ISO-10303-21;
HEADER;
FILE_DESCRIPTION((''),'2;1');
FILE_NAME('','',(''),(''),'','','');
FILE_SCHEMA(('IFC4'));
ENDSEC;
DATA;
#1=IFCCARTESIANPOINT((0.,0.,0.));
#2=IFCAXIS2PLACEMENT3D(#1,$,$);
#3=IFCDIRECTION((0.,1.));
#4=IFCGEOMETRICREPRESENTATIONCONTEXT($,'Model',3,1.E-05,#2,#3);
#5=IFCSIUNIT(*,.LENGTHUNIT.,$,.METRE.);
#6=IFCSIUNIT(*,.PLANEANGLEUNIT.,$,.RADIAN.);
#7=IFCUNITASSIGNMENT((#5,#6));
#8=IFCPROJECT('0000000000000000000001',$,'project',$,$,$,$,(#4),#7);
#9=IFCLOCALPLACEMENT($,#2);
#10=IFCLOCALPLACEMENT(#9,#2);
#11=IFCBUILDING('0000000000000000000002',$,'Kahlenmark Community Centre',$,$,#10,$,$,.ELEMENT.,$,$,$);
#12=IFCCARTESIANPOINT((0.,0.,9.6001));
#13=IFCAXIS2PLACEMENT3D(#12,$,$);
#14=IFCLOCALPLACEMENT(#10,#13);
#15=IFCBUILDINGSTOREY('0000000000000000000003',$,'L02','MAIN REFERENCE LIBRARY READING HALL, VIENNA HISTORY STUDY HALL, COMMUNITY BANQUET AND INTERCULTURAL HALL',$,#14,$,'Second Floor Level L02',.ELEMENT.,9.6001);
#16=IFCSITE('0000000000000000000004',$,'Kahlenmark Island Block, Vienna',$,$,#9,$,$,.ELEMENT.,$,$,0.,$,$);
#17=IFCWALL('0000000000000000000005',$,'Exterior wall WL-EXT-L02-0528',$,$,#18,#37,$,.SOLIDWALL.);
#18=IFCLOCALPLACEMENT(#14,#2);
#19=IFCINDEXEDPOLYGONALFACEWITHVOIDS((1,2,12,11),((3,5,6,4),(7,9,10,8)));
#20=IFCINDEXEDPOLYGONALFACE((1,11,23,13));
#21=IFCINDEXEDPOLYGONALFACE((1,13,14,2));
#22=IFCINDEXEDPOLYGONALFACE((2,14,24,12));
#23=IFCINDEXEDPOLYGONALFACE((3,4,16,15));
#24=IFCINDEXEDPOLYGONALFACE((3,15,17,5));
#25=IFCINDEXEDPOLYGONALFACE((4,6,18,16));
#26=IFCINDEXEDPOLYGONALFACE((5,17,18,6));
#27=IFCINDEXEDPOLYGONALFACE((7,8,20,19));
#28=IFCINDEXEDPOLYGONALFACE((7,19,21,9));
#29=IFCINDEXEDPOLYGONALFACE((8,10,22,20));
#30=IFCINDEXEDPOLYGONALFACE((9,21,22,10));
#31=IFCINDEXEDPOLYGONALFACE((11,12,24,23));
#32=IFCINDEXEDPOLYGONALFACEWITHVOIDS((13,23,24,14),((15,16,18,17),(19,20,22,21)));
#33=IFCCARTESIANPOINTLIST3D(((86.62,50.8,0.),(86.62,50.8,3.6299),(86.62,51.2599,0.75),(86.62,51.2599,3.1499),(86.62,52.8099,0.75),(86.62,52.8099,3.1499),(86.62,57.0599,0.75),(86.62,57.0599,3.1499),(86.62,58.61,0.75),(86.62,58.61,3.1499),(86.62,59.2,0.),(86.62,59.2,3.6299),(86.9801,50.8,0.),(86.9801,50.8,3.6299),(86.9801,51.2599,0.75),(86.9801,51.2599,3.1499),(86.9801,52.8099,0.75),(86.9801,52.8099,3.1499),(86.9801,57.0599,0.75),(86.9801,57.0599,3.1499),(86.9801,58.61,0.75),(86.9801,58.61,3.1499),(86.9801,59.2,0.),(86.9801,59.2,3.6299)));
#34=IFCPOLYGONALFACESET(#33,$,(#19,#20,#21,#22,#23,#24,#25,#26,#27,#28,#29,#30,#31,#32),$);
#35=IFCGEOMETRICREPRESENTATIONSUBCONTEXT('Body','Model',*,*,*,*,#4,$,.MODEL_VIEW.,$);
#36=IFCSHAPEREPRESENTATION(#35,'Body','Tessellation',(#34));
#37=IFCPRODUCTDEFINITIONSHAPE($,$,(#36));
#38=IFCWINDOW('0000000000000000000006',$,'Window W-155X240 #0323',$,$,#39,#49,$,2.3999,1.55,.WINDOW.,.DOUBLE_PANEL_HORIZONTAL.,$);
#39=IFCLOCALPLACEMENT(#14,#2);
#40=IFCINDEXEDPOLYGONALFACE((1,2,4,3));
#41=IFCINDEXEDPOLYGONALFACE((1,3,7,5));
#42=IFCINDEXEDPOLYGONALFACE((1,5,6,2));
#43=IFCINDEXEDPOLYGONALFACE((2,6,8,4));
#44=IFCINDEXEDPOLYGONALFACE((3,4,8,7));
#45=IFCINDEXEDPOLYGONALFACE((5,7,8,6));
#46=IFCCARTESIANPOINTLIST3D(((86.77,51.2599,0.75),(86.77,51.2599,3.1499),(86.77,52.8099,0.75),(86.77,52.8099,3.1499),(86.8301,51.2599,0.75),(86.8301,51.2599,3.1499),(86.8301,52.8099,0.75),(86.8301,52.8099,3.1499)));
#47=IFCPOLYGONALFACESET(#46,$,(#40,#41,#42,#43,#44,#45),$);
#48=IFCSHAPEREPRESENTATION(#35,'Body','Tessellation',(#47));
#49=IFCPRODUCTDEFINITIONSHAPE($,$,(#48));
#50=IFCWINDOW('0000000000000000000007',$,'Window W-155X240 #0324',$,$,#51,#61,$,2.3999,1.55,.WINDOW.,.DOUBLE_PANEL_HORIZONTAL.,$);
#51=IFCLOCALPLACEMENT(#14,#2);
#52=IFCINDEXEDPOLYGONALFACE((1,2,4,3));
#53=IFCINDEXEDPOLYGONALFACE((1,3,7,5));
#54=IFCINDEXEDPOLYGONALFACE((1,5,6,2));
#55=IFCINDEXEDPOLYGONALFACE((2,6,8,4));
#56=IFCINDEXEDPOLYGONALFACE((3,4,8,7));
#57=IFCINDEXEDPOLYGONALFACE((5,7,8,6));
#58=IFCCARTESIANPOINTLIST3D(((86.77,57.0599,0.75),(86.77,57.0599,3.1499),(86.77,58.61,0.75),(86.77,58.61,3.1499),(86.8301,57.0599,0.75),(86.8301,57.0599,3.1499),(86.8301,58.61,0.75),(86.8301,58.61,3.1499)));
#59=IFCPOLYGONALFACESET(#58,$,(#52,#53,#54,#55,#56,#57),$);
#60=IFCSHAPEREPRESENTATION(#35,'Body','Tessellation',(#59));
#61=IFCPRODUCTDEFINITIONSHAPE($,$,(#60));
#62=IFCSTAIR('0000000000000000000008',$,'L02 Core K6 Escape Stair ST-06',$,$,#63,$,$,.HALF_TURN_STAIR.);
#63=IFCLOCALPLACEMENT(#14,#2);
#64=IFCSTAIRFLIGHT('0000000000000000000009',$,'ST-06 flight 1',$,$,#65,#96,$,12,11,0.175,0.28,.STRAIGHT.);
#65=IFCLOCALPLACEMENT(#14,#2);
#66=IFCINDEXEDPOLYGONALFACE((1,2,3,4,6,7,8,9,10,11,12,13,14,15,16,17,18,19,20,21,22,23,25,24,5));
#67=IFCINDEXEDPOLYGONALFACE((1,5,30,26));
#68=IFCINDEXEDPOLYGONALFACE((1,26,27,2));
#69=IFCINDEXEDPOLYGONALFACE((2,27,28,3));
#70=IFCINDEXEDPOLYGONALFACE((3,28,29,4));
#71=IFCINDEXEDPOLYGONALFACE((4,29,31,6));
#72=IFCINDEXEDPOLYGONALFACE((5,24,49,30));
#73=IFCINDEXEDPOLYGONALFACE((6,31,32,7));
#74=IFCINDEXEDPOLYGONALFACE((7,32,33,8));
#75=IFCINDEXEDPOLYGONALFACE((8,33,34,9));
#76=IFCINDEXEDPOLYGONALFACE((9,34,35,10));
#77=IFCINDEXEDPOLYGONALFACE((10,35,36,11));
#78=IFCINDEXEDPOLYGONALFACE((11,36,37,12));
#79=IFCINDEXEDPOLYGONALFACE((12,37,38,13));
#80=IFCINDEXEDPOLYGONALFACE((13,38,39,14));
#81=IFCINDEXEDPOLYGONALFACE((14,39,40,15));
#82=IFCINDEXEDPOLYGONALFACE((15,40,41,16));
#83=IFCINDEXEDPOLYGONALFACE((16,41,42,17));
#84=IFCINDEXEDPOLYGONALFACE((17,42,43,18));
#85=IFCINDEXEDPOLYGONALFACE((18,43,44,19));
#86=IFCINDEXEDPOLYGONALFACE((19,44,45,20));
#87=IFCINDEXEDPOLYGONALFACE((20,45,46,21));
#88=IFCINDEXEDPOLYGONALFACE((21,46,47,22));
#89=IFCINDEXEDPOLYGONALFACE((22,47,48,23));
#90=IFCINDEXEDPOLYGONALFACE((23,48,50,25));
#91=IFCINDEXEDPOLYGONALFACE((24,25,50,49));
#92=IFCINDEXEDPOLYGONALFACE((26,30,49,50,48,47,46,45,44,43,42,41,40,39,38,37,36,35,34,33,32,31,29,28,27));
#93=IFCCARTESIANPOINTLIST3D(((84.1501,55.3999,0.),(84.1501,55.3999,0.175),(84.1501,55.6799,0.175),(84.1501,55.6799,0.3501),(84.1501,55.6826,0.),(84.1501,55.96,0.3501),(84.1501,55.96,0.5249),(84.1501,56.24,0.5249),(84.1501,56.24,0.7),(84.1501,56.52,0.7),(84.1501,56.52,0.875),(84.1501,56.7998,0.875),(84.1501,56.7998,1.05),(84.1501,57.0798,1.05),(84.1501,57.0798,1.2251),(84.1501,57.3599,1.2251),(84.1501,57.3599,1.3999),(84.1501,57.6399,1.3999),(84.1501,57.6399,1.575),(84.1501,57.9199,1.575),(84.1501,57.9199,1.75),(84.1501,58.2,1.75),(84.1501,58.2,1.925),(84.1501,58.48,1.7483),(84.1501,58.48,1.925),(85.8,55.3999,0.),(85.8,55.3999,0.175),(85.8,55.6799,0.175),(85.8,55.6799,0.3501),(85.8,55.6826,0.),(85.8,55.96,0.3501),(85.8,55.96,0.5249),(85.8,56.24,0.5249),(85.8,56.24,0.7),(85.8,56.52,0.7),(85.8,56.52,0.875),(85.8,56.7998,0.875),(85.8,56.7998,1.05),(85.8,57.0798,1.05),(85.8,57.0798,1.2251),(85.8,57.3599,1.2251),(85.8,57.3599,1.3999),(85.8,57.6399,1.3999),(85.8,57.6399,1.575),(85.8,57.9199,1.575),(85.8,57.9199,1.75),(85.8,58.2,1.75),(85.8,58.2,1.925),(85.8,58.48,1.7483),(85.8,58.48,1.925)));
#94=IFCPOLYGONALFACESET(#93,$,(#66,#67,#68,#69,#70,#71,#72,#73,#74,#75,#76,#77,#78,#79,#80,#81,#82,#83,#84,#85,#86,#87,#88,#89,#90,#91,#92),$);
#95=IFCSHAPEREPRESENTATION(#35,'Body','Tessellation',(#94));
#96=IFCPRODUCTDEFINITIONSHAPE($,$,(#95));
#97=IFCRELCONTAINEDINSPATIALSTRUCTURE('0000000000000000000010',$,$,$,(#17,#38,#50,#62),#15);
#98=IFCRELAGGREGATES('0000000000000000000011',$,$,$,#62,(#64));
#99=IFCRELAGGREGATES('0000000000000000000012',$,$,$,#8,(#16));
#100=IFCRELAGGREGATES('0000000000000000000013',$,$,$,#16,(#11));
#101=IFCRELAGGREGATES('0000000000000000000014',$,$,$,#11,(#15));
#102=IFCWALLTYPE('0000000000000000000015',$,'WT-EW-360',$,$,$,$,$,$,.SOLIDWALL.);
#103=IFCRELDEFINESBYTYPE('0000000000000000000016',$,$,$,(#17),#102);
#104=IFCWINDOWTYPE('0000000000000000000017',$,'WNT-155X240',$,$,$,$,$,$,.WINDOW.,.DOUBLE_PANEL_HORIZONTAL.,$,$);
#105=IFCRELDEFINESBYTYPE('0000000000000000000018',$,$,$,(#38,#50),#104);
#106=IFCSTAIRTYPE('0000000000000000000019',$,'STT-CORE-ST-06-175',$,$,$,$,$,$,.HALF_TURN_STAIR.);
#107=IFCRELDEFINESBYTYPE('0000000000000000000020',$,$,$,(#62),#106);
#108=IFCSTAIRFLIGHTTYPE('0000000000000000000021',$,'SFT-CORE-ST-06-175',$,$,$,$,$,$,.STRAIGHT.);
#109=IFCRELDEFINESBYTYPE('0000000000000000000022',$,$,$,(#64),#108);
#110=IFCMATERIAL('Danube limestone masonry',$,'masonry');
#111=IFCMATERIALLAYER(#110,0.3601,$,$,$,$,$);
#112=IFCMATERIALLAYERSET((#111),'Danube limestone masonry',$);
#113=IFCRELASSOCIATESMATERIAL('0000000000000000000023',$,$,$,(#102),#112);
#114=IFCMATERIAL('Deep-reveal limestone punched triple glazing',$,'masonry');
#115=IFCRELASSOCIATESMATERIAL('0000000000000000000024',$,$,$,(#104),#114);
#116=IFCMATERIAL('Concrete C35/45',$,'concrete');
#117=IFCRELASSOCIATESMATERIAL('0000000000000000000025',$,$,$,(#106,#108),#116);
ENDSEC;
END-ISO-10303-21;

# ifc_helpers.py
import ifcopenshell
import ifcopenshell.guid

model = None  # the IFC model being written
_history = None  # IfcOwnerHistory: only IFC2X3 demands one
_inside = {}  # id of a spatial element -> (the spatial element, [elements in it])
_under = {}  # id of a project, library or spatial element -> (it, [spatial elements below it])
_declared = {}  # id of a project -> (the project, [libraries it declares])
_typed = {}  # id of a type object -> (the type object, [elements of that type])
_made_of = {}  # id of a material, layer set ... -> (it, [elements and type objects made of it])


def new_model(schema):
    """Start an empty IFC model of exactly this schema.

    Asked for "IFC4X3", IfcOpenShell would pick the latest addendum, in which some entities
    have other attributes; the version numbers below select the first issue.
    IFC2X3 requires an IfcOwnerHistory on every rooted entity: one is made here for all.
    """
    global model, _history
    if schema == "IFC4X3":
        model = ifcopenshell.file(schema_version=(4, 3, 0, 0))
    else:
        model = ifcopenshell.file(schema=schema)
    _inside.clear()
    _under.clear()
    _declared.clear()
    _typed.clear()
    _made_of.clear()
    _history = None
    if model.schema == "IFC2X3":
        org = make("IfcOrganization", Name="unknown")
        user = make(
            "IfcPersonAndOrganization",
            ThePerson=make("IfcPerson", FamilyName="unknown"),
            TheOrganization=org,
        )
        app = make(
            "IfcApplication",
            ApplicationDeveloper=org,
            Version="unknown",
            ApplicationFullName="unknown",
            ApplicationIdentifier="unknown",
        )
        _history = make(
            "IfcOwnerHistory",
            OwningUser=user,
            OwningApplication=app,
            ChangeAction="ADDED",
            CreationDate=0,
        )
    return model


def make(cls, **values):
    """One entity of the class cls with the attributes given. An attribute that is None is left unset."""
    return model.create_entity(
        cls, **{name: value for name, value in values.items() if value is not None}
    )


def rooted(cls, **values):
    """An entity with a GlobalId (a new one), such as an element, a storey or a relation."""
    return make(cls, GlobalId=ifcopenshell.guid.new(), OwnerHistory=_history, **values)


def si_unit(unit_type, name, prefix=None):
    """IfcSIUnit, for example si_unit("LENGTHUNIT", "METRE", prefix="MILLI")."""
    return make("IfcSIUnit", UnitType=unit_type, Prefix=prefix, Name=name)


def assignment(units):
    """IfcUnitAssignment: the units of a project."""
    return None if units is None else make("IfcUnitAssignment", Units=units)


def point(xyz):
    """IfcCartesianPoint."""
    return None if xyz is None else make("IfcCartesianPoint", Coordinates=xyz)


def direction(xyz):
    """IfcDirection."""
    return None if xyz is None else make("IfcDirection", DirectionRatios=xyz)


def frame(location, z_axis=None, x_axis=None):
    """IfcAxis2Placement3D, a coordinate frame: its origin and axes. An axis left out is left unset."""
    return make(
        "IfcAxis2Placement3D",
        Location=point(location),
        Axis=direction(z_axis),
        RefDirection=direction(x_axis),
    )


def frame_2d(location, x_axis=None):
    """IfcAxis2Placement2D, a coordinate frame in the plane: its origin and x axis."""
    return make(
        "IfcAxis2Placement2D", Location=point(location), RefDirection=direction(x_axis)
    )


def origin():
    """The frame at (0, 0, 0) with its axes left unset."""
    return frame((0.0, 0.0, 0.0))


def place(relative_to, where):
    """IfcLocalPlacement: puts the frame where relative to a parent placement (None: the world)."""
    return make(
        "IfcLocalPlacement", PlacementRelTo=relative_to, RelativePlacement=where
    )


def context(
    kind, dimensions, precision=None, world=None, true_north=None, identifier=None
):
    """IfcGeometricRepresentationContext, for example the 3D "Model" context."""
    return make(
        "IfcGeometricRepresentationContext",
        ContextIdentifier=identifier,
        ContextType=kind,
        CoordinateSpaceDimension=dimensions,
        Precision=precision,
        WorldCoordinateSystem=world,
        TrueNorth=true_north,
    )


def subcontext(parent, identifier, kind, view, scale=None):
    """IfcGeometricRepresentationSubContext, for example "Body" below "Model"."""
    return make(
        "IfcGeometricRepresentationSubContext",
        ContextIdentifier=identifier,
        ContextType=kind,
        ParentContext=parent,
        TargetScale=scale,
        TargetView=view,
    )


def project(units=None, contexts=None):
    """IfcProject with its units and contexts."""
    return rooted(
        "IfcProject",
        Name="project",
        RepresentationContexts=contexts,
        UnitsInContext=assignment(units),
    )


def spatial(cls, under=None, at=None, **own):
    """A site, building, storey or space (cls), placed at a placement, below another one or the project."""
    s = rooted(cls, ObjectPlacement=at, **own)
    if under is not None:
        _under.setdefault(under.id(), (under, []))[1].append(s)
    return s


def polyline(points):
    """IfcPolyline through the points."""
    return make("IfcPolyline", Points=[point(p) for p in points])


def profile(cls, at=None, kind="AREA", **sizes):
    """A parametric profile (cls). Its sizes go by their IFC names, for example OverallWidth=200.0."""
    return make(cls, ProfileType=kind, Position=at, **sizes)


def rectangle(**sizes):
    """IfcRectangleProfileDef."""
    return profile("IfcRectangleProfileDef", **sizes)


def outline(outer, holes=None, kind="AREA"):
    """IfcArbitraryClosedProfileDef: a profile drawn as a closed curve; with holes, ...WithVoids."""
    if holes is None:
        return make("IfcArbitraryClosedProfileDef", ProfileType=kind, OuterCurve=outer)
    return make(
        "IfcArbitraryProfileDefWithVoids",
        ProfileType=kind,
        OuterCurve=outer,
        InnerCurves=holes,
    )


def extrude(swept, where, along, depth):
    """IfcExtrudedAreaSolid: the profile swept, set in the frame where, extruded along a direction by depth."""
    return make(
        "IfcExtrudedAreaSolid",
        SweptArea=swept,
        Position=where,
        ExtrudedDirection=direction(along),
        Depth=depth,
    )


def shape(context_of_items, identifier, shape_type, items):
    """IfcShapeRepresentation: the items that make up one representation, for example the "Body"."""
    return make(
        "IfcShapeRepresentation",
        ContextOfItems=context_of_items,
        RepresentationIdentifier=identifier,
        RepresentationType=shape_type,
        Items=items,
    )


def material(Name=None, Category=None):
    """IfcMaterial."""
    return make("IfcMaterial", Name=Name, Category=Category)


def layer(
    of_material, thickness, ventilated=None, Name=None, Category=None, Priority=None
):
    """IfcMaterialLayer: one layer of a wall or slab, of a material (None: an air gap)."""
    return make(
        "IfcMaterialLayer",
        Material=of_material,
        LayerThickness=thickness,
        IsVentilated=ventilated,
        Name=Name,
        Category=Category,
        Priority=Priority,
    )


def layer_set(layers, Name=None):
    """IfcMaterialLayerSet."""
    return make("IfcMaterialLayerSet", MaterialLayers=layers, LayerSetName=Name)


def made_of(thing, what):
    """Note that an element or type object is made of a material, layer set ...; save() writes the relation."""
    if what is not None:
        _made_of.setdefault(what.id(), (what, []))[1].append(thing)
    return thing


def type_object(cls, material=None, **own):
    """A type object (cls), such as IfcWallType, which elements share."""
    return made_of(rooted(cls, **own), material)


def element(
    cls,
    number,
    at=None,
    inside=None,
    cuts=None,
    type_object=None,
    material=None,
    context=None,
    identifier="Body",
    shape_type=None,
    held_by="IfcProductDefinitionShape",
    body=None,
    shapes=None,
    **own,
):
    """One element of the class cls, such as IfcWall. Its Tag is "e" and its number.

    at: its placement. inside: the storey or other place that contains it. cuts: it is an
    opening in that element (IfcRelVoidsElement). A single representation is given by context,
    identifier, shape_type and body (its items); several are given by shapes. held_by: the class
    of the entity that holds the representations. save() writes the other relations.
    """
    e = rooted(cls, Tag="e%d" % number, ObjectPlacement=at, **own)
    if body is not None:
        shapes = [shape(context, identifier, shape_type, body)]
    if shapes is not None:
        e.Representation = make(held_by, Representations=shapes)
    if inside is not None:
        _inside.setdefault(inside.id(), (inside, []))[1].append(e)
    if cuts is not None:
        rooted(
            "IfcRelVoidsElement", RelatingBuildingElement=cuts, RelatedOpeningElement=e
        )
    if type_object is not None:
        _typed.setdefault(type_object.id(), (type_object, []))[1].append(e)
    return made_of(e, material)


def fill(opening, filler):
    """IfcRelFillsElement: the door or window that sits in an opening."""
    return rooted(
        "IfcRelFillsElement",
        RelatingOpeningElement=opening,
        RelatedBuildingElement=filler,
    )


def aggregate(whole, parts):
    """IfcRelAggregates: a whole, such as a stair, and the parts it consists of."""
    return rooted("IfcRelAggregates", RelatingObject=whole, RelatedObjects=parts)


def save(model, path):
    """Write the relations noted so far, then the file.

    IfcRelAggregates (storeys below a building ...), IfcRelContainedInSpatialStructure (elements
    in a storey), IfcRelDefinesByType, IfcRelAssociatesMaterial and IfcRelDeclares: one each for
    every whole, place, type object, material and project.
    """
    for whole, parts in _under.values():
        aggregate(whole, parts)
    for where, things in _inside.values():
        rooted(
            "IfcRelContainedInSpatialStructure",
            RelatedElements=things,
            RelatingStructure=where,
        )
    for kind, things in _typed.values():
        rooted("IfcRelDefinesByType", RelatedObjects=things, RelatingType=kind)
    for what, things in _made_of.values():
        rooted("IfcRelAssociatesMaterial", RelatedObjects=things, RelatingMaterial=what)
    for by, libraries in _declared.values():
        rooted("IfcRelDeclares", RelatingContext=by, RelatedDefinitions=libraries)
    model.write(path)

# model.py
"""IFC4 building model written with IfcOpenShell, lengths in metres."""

from ifc_helpers import new_model, si_unit, direction, frame, frame_2d, origin, place, context, subcontext, project, spatial, polyline, rectangle, outline, extrude, material, layer, layer_set, type_object, element, fill, aggregate, save


model = new_model("IFC4")

# Units and contexts
model_context = context("Model", 3, precision=1e-05, world=origin(), true_north=direction((0.0, 1.0)))
body_context = subcontext(model_context, "Body", "Model", "MODEL_VIEW")
ifc_project = project(units=[si_unit("LENGTHUNIT", "METRE"), si_unit("PLANEANGLEUNIT", "RADIAN")], contexts=[model_context])

# Site, building, storey
site_placement = place(None, origin())
site = spatial("IfcSite", under=ifc_project, at=site_placement, Name="Kahlenmark Island Block, Vienna", CompositionType="ELEMENT", RefElevation=0.0)
building_placement = place(site_placement, origin())
building = spatial("IfcBuilding", under=site, at=building_placement, Name="Kahlenmark Community Centre", CompositionType="ELEMENT")
storey_placement = place(building_placement, frame((0.0, 0.0, 9.6001)))
storey = spatial("IfcBuildingStorey", under=building, at=storey_placement, Name="L02", Description="MAIN REFERENCE LIBRARY READING HALL, VIENNA HISTORY STUDY HALL, COMMUNITY BANQUET AND INTERCULTURAL HALL", LongName="Second Floor Level L02", CompositionType="ELEMENT", Elevation=9.6001)

# Shared definitions
ifc_material_1 = material(Name="Concrete C35/45", Category="concrete")
ifc_material_2 = material(Name="Danube limestone masonry", Category="masonry")
ifc_layer_1 = layer(ifc_material_2, 0.3601)
ifc_layer_set_1 = layer_set([ifc_layer_1], Name="Danube limestone masonry")
wall_type_1 = type_object("IfcWallType", Name="WT-EW-360", PredefinedType="SOLIDWALL", material=ifc_layer_set_1)

# Wall, openings, windows
wall_1_placement = place(storey_placement, frame((86.8, 50.8, 0.0), z_axis=(0.0, 0.0, 1.0), x_axis=(0.0, 1.0, 0.0)))
wall_1 = element("IfcWall", 1, at=wall_1_placement, inside=storey, type_object=wall_type_1, Name="Exterior wall WL-EXT-L02-0528", PredefinedType="SOLIDWALL", context=body_context, shape_type="SweptSolid", body=[
    extrude(rectangle(XDim=8.3999, YDim=0.3601, at=frame_2d((4.2, 0.0))), origin(), (0.0, 0.0, 1.0), 3.6299),
])
opening_1_placement = place(wall_1_placement, frame((0.46, 0.0, 0.75)))
opening_1 = element("IfcOpeningElement", 2, at=opening_1_placement, cuts=wall_1, PredefinedType="OPENING", context=body_context, shape_type="SweptSolid", body=[
    extrude(rectangle(XDim=1.55, YDim=2.3999, at=frame_2d((0.7749, 1.2))), frame((0.0, 0.1899, 0.0), z_axis=(0.0, -1.0, 0.0), x_axis=(1.0, 0.0, 0.0)), (0.0, 0.0, 1.0), 0.3801),
])
opening_2_placement = place(wall_1_placement, frame((6.26, 0.0, 0.75)))
opening_2 = element("IfcOpeningElement", 3, at=opening_2_placement, cuts=wall_1, PredefinedType="OPENING", context=body_context, shape_type="SweptSolid", body=[
    extrude(rectangle(XDim=1.55, YDim=2.3999, at=frame_2d((0.7749, 1.2))), frame((0.0, 0.1899, 0.0), z_axis=(0.0, -1.0, 0.0), x_axis=(1.0, 0.0, 0.0)), (0.0, 0.0, 1.0), 0.3801),
])
ifc_material_3 = material(Name="Deep-reveal limestone punched triple glazing", Category="masonry")
window_type = type_object("IfcWindowType", Name="WNT-155X240", PartitioningType="DOUBLE_PANEL_HORIZONTAL", PredefinedType="WINDOW", material=ifc_material_3)
window_1_placement = place(opening_1_placement, origin())
window_1 = element("IfcWindow", 4, at=window_1_placement, inside=storey, type_object=window_type, Name="Window W-155X240 #0323", OverallHeight=2.3999, OverallWidth=1.55, PartitioningType="DOUBLE_PANEL_HORIZONTAL", PredefinedType="WINDOW", context=body_context, shape_type="SweptSolid", body=[
    extrude(rectangle(XDim=1.55, YDim=2.3999, at=frame_2d((0.7749, 1.2))), frame((0.0, 0.03, 0.0), z_axis=(0.0, -1.0, 0.0), x_axis=(1.0, 0.0, 0.0)), (0.0, 0.0, 1.0), 0.0601),
])
fill(opening_1, window_1)
window_2_placement = place(opening_2_placement, origin())
window_2 = element("IfcWindow", 5, at=window_2_placement, inside=storey, type_object=window_type, Name="Window W-155X240 #0324", OverallHeight=2.3999, OverallWidth=1.55, PartitioningType="DOUBLE_PANEL_HORIZONTAL", PredefinedType="WINDOW", context=body_context, shape_type="SweptSolid", body=[
    extrude(rectangle(XDim=1.55, YDim=2.3999, at=frame_2d((0.7749, 1.2))), frame((0.0, 0.03, 0.0), z_axis=(0.0, -1.0, 0.0), x_axis=(1.0, 0.0, 0.0)), (0.0, 0.0, 1.0), 0.0601),
])
fill(opening_2, window_2)

# Stair, stair flight
stair_type = type_object("IfcStairType", Name="STT-CORE-ST-06-175", PredefinedType="HALF_TURN_STAIR", material=ifc_material_1)
stair_placement = place(storey_placement, origin())
stair = element("IfcStair", 6, at=stair_placement, inside=storey, type_object=stair_type, Name="L02 Core K6 Escape Stair ST-06", PredefinedType="HALF_TURN_STAIR")
stair_flight_type = type_object("IfcStairFlightType", Name="SFT-CORE-ST-06-175", PredefinedType="STRAIGHT", material=ifc_material_1)
stair_flight_placement = place(storey_placement, frame((84.9751, 55.3999, 0.0), z_axis=(0.0, 0.0, 1.0), x_axis=(0.0, 1.0, 0.0)))
stair_flight = element("IfcStairFlight", 7, at=stair_flight_placement, type_object=stair_flight_type, Name="ST-06 flight 1", NumberOfRisers=12, NumberOfTreads=11, PredefinedType="STRAIGHT", RiserHeight=0.175, TreadLength=0.28, context=body_context, shape_type="SweptSolid", body=[
    extrude(outline(polyline([(0.0, 0.0), (0.0, 0.175), (0.28, 0.175), (0.28, 0.3501), (0.5601, 0.3501), (0.5601, 0.5249), (0.8401, 0.5249), (0.8401, 0.7), (1.1201, 0.7), (1.1201, 0.875), (1.3999, 0.875), (1.3999, 1.05), (1.6799, 1.05), (1.6799, 1.2251), (1.96, 1.2251), (1.96, 1.3999), (2.24, 1.3999), (2.24, 1.575), (2.52, 1.575), (2.52, 1.75), (2.8, 1.75), (2.8, 1.925), (3.0801, 1.925), (3.0801, 2.1001), (3.0801, 1.7483), (0.2827, 0.0), (0.0, 0.0)])), frame((0.0, 0.825, 0.0), z_axis=(0.0, -1.0, 0.0), x_axis=(1.0, 0.0, 0.0)), (0.0, 0.0, 1.0), 1.6499),
])
aggregate(stair, [stair_flight])

save(model, "model.ifc")
